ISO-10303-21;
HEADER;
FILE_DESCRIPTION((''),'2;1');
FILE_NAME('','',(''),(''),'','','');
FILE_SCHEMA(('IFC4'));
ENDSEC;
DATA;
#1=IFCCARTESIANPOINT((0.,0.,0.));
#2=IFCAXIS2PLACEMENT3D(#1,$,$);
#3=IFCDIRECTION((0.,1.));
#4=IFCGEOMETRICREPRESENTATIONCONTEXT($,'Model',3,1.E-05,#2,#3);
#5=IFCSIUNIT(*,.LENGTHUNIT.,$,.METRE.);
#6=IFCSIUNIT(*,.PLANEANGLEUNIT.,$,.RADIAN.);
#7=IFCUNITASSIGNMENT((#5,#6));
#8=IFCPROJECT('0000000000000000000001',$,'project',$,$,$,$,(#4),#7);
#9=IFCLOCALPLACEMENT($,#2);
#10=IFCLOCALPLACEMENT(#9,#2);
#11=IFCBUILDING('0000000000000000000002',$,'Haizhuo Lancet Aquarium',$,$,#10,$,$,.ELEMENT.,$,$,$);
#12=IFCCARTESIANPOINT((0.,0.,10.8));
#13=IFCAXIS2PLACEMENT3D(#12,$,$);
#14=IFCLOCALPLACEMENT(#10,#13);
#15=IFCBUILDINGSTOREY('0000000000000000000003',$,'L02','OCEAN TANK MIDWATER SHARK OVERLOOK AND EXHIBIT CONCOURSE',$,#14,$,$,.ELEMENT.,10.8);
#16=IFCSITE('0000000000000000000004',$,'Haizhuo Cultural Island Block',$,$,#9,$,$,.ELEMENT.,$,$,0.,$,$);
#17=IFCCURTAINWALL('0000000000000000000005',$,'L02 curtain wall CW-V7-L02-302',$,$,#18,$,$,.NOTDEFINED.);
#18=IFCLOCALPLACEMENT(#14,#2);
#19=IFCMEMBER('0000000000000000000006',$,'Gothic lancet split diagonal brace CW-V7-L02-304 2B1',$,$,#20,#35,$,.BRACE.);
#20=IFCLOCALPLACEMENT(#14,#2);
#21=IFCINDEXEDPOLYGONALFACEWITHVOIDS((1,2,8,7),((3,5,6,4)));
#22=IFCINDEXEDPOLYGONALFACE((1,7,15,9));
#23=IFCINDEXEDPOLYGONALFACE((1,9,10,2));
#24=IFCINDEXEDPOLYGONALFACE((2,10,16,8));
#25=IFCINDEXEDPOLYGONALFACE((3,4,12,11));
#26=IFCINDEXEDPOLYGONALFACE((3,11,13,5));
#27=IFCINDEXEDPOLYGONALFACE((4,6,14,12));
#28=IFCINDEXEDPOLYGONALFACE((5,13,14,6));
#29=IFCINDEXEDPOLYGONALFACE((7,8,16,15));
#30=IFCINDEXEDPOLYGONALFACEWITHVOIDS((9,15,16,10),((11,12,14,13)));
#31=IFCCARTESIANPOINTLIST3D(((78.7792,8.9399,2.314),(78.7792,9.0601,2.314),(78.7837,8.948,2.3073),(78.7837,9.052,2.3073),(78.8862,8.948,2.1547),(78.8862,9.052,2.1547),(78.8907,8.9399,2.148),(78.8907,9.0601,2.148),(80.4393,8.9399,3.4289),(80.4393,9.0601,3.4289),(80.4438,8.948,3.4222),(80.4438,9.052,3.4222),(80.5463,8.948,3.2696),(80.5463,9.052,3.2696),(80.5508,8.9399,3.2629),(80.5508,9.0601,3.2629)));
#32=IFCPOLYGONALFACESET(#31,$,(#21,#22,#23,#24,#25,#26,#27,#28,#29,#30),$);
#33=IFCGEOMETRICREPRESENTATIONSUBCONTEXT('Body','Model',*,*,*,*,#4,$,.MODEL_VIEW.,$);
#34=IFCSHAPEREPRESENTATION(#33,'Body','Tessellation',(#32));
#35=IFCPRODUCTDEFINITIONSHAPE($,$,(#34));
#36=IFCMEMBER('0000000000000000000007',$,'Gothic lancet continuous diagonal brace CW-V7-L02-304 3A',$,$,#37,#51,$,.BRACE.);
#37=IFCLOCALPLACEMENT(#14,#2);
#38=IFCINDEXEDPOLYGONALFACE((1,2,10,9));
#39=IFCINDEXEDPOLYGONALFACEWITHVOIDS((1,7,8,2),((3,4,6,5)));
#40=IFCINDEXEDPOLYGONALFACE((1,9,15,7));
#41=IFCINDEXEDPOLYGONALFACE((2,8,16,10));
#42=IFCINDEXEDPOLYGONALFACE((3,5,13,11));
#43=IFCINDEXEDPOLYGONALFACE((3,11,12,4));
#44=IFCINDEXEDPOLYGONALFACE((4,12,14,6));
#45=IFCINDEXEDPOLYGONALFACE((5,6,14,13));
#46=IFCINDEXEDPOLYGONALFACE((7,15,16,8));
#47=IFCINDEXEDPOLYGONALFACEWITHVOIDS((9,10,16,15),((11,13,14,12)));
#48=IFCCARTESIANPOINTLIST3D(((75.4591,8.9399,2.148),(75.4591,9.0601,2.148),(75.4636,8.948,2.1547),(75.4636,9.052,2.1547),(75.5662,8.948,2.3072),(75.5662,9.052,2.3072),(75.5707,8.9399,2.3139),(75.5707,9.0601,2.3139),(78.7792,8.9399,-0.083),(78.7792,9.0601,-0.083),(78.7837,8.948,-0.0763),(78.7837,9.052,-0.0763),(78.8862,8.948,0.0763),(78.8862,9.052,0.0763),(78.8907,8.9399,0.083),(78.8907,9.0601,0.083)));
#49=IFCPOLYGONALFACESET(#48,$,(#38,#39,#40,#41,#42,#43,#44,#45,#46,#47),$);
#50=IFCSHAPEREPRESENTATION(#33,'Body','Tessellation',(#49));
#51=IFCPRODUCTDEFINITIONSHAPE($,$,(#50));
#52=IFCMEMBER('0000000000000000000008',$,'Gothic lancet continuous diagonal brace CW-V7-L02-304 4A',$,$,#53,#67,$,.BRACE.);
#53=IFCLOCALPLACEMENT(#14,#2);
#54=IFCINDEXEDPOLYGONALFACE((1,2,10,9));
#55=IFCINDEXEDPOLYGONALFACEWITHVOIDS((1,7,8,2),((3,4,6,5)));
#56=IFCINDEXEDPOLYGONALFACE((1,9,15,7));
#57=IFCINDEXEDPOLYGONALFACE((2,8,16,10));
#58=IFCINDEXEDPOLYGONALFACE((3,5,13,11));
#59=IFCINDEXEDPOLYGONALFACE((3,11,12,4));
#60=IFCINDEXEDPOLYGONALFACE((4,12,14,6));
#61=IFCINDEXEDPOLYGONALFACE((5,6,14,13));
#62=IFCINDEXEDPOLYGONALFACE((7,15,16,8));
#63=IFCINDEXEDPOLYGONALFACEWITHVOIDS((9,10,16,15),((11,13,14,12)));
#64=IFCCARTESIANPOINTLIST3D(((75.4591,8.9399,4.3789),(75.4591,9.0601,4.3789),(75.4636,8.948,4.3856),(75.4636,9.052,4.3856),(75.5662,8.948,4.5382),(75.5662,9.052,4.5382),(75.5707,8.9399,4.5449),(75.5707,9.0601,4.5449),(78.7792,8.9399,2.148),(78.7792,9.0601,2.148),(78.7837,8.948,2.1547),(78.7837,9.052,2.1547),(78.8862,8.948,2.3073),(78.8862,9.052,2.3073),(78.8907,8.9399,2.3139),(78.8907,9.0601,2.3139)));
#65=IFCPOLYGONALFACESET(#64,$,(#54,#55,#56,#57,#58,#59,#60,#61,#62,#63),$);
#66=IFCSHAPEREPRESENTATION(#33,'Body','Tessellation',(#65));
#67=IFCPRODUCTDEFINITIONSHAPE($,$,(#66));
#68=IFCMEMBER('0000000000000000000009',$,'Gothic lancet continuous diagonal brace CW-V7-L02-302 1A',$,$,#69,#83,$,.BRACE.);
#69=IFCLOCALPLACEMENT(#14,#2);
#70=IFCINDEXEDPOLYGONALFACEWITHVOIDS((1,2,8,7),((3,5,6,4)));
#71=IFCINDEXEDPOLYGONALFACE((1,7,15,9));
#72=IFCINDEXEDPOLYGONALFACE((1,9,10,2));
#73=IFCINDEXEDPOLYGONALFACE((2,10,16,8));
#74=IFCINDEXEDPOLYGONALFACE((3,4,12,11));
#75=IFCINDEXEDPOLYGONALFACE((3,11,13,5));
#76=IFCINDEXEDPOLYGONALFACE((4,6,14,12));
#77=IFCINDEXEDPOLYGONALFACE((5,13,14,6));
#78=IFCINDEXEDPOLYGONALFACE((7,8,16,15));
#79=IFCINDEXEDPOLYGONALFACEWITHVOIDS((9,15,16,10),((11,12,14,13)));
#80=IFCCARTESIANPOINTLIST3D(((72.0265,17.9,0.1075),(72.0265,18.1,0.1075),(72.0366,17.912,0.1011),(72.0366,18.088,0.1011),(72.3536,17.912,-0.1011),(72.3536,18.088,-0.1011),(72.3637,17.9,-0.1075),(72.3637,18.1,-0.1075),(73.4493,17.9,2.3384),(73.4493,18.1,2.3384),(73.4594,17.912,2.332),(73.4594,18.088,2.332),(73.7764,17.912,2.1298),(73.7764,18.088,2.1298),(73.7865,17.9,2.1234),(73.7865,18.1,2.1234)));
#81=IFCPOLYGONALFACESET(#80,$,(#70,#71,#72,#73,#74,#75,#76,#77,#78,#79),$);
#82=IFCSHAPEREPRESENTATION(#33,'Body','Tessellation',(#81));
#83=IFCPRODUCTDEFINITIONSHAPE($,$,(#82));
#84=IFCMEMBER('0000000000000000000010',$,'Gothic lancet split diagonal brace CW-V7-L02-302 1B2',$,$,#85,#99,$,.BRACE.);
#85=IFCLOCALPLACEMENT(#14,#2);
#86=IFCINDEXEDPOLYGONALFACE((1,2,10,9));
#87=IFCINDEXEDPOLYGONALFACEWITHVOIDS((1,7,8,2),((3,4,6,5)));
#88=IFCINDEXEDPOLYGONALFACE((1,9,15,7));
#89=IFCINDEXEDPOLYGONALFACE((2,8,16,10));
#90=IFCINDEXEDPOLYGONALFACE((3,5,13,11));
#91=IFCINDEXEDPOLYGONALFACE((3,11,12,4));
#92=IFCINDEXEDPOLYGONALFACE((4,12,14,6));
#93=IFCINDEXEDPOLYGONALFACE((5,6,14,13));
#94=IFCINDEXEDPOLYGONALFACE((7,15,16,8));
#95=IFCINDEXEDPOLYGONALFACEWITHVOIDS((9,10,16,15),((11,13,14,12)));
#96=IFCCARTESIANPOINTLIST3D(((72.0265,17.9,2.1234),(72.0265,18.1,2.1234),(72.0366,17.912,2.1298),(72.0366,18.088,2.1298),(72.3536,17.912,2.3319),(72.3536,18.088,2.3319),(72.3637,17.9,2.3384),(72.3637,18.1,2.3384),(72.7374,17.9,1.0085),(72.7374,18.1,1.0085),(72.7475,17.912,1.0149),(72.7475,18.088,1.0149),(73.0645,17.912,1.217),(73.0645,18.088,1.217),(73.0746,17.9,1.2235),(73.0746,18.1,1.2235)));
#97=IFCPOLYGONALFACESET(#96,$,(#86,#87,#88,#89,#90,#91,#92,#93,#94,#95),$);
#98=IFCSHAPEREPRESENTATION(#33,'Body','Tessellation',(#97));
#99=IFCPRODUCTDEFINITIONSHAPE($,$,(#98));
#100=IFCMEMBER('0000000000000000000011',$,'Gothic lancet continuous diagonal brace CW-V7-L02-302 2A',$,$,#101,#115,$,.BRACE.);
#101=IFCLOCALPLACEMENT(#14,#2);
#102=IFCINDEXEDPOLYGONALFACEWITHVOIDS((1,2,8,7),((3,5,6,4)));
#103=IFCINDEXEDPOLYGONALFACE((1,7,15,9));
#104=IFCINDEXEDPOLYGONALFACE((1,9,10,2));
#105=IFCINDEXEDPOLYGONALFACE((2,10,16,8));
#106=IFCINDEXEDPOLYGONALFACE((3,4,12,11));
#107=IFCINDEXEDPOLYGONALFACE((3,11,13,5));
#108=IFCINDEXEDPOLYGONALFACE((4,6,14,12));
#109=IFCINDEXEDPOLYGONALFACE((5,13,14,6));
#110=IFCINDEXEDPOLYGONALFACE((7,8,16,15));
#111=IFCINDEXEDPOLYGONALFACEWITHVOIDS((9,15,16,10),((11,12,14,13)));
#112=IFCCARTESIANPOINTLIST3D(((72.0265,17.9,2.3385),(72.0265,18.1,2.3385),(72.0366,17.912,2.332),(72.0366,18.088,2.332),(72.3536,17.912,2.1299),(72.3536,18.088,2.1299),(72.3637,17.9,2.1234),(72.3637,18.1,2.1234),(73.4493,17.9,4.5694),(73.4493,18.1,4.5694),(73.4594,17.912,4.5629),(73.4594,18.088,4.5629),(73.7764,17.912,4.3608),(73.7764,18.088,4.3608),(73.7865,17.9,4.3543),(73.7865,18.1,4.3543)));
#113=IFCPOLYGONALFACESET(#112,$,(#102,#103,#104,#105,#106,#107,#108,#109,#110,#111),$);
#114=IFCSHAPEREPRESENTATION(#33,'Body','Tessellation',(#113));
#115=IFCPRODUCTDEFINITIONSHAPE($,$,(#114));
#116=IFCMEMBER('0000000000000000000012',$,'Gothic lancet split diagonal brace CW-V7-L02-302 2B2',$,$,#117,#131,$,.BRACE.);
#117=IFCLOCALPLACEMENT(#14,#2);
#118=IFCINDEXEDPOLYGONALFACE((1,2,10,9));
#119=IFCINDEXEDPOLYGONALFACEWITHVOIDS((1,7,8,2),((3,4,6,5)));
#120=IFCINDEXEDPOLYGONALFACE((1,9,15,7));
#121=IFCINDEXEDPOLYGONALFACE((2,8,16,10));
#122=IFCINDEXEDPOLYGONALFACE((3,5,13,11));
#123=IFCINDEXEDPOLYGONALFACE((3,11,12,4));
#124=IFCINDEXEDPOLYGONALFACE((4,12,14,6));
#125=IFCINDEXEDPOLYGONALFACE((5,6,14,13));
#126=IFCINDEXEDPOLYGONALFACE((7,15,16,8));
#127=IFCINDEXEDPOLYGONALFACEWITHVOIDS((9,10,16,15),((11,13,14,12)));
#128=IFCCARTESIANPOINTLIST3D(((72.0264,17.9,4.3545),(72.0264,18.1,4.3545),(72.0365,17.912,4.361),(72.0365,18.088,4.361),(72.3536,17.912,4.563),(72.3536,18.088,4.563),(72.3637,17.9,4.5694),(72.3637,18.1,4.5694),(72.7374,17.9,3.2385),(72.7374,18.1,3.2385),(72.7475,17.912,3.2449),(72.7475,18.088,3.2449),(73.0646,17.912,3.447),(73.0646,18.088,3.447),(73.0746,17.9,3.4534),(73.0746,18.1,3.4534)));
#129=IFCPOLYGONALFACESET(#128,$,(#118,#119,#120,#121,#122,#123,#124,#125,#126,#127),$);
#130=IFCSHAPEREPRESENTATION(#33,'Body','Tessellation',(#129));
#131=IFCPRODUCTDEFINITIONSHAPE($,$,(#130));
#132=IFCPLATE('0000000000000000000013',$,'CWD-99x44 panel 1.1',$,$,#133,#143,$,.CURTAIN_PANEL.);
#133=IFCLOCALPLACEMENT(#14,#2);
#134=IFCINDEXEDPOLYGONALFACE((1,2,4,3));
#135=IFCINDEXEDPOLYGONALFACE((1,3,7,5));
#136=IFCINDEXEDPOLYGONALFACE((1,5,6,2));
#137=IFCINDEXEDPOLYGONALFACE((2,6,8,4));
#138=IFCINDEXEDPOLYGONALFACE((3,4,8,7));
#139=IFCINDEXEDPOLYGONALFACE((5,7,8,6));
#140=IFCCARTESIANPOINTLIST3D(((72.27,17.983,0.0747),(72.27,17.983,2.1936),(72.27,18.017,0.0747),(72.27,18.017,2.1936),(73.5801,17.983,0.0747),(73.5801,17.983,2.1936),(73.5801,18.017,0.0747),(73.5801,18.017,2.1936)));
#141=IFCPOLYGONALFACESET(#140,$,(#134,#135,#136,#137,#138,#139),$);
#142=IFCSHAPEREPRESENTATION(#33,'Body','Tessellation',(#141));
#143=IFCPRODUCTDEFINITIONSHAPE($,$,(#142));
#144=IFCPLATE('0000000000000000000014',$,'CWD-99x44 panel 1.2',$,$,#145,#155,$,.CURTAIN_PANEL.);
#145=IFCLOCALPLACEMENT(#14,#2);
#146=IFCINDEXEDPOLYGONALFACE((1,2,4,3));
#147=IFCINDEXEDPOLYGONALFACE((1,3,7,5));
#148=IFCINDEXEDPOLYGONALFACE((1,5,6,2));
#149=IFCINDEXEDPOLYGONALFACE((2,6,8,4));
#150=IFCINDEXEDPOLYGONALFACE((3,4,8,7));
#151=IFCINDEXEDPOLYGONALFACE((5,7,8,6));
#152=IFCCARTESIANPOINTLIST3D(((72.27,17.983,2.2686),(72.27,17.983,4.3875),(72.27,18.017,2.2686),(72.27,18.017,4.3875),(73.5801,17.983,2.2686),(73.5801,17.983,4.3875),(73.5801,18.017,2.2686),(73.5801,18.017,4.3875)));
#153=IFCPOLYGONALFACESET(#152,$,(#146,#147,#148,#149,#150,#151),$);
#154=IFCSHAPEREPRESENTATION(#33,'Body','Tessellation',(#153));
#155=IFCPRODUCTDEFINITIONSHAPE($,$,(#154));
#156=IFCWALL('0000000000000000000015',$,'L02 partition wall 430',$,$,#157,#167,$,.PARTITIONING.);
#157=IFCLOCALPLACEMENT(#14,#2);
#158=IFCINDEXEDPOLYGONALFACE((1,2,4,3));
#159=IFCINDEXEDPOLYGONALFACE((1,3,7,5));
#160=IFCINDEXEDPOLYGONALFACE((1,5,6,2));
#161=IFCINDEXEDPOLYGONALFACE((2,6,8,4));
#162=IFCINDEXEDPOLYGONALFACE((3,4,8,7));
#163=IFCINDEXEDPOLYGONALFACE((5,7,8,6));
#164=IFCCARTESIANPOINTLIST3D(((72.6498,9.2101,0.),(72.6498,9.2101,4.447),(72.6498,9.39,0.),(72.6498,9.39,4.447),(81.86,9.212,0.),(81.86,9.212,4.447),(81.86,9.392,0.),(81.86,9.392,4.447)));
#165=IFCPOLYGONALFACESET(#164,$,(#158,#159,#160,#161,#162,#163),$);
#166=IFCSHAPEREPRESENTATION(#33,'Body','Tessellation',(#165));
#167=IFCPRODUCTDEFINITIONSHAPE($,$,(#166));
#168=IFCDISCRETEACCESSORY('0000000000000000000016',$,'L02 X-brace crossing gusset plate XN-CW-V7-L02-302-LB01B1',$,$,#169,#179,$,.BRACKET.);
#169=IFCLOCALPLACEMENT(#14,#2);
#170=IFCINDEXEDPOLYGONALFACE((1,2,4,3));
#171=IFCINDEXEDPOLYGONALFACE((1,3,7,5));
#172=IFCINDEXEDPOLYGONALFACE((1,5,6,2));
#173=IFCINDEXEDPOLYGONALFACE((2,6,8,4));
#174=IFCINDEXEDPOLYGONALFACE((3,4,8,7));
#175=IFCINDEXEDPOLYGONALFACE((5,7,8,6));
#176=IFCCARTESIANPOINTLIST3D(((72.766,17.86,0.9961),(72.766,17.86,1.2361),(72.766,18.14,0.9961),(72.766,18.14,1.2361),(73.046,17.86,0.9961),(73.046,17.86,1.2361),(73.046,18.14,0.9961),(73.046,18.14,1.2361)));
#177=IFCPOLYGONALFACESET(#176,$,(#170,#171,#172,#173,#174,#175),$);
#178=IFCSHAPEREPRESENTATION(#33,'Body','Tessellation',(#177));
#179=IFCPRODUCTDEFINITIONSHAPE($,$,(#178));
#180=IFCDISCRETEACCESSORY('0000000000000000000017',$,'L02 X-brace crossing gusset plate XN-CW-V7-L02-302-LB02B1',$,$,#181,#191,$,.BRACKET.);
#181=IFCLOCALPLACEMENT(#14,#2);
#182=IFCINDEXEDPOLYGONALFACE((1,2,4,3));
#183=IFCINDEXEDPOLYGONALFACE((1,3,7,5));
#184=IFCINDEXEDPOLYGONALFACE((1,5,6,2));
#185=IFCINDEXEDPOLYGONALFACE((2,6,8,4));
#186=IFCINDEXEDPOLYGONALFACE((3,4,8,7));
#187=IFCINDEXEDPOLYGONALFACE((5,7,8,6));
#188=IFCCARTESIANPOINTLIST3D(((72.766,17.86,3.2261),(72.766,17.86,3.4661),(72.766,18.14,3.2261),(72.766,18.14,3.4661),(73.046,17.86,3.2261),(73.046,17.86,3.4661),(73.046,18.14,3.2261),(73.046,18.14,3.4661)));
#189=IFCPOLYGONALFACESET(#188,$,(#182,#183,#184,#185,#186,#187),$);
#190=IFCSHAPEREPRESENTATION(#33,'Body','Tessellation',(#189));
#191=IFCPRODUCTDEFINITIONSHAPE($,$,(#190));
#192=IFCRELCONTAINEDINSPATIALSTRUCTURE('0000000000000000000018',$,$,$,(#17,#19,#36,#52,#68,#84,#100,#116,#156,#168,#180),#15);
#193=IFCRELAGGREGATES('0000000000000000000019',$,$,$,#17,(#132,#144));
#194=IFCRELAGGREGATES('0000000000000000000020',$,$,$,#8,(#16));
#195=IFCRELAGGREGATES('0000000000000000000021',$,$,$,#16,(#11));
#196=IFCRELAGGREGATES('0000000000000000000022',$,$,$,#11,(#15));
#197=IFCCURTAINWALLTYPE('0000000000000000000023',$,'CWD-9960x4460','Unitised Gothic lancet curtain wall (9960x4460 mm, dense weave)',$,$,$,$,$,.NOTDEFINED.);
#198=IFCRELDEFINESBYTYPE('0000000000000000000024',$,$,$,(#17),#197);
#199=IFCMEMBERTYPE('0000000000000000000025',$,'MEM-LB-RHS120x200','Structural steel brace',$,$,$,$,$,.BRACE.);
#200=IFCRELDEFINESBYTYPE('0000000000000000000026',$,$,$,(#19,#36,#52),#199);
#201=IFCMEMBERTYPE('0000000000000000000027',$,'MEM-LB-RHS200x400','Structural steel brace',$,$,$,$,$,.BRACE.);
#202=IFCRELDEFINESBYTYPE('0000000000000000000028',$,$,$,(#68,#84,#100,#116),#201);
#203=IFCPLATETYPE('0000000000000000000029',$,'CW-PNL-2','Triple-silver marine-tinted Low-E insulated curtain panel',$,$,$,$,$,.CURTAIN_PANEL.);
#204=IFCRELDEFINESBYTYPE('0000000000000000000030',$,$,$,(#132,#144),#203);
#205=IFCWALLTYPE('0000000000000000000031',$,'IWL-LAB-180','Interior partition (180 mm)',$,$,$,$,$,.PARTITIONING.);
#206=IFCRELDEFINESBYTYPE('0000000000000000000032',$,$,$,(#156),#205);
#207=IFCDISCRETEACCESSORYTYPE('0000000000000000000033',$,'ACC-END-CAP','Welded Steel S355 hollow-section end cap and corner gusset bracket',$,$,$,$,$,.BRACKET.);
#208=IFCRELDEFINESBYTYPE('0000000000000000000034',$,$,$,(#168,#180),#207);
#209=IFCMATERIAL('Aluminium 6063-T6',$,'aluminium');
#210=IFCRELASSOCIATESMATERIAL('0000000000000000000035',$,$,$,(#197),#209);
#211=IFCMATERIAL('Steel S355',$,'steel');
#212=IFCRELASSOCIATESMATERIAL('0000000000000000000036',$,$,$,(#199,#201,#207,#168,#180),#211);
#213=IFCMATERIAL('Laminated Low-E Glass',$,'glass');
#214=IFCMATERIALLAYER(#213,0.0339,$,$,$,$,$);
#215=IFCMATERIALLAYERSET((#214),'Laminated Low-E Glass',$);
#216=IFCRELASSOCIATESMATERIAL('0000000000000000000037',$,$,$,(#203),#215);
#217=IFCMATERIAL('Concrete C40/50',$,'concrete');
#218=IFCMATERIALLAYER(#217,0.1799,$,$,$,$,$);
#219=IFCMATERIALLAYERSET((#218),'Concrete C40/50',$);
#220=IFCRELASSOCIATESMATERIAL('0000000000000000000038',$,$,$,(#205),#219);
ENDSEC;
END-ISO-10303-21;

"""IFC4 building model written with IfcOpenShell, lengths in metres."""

from ifc_helpers import new_model, si_unit, direction, frame, frame_2d, origin, origin_2d, place, context, subcontext, project, spatial, rectangle, hollow_rectangle, extrude, material, layer, layer_set, material_profile, profile_set, type_object, element, aggregate, save


model = new_model("IFC4")

# Units and contexts
model_context = context("Model", 3, precision=1e-05, world=origin(), true_north=direction((0.0, 1.0)))
body_context = subcontext(model_context, "Body", "Model", "MODEL_VIEW")
ifc_project = project(units=[si_unit("LENGTHUNIT", "METRE"), si_unit("PLANEANGLEUNIT", "RADIAN")], contexts=[model_context])

# Site, building, storey
site_placement = place(None, origin())
site = spatial("IfcSite", under=ifc_project, at=site_placement, Name="Haizhuo Cultural Island Block", CompositionType="ELEMENT", RefElevation=0.0)
building_placement = place(site_placement, origin())
building = spatial("IfcBuilding", under=site, at=building_placement, Name="Haizhuo Lancet Aquarium", CompositionType="ELEMENT")
storey_placement = place(building_placement, frame((0.0, 0.0, 10.8)))
storey = spatial("IfcBuildingStorey", under=building, at=storey_placement, Name="L02", Description="OCEAN TANK MIDWATER SHARK OVERLOOK AND EXHIBIT CONCOURSE", CompositionType="ELEMENT", Elevation=10.8)

# Shared definitions
ifc_material_1 = material(Name="Steel S355", Category="steel")

# Curtain wall
ifc_material_2 = material(Name="Aluminium 6063-T6", Category="aluminium")
curtain_wall_type_1 = type_object("IfcCurtainWallType", Name="CWD-9960x4460", Description="Unitised Gothic lancet curtain wall (9960x4460 mm, dense weave)", PredefinedType="NOTDEFINED", material=ifc_material_2)
curtain_wall_1_placement = place(storey_placement, origin())
curtain_wall_1 = element("IfcCurtainWall", 1, at=curtain_wall_1_placement, inside=storey, type_object=curtain_wall_type_1, Name="L02 curtain wall CW-V7-L02-302", PredefinedType="NOTDEFINED")

# Members
ifc_material_profile_1 = material_profile(ifc_material_1, hollow_rectangle(XDim=0.1201, YDim=0.2, WallThickness=0.0081, at=origin_2d()), Name="RHS 120x200x8")
ifc_profile_set_1 = profile_set([ifc_material_profile_1], Name="Steel S355")
member_type_1 = type_object("IfcMemberType", Name="MEM-LB-RHS120x200", Description="Structural steel brace", PredefinedType="BRACE", material=ifc_profile_set_1)
member_1_placement = place(storey_placement, frame((78.835, 9.0, 2.231), z_axis=(0.830148, 0.0, 0.557542), x_axis=(0.0, 1.0, 0.0)))
element("IfcMember", 2, at=member_1_placement, inside=storey, type_object=member_type_1, Name="Gothic lancet split diagonal brace CW-V7-L02-304 2B1", PredefinedType="BRACE", context=body_context, shape_type="SweptSolid", body=[
    extrude(hollow_rectangle(XDim=0.1201, YDim=0.2, WallThickness=0.0081, at=origin_2d()), origin(), (0.0, 0.0, 1.0), 1.9998),
])
for number, where, z_axis, x_axis, name in (
    (3, (78.835, 9.0, 0.0), (-0.830016, 0.0, 0.557739), (0.0, -1.0, 0.0), "Gothic lancet continuous diagonal brace CW-V7-L02-304 3A"),
    (4, (78.835, 9.0, 2.231), (-0.830016, 0.0, 0.557739), (0.0, -1.0, 0.0), "Gothic lancet continuous diagonal brace CW-V7-L02-304 4A"),
):
    element("IfcMember", number, at=place(storey_placement, frame(where, z_axis=z_axis, x_axis=x_axis)), inside=storey, type_object=member_type_1, Name=name, PredefinedType="BRACE", context=body_context, shape_type="SweptSolid", body=[
        extrude(hollow_rectangle(XDim=0.1201, YDim=0.2, WallThickness=0.0081, at=origin_2d()), origin(), (0.0, 0.0, 1.0), 4.0),
    ])
ifc_material_profile_2 = material_profile(ifc_material_1, hollow_rectangle(XDim=0.2, YDim=0.3999, WallThickness=0.012, at=origin_2d()), Name="RHS 200x400x12")
ifc_profile_set_2 = profile_set([ifc_material_profile_2], Name="Steel S355")
member_type_2 = type_object("IfcMemberType", Name="MEM-LB-RHS200x400", Description="Structural steel brace", PredefinedType="BRACE", material=ifc_profile_set_2)
member_2_placement = place(storey_placement, frame((72.1951, 18.0, 0.0), z_axis=(0.537723, 0.0, 0.843122), x_axis=(0.0, 1.0, 0.0)))
element("IfcMember", 5, at=member_2_placement, inside=storey, type_object=member_type_2, Name="Gothic lancet continuous diagonal brace CW-V7-L02-302 1A", PredefinedType="BRACE", context=body_context, shape_type="SweptSolid", body=[
    extrude(hollow_rectangle(XDim=0.2, YDim=0.3999, WallThickness=0.012, at=origin_2d()), origin(), (0.0, 0.0, 1.0), 2.646),
])
member_3_placement = place(storey_placement, frame((72.906, 18.0, 1.116), z_axis=(-0.537628, 0.0, 0.843182), x_axis=(0.0, -1.0, 0.0)))
element("IfcMember", 6, at=member_3_placement, inside=storey, type_object=member_type_2, Name="Gothic lancet split diagonal brace CW-V7-L02-302 1B2", PredefinedType="BRACE", context=body_context, shape_type="SweptSolid", body=[
    extrude(hollow_rectangle(XDim=0.2, YDim=0.3999, WallThickness=0.012, at=origin_2d()), origin(), (0.0, 0.0, 1.0), 1.3223),
])
member_4_placement = place(storey_placement, frame((72.1951, 18.0, 2.231), z_axis=(0.537723, 0.0, 0.843122), x_axis=(0.0, 1.0, 0.0)))
element("IfcMember", 7, at=member_4_placement, inside=storey, type_object=member_type_2, Name="Gothic lancet continuous diagonal brace CW-V7-L02-302 2A", PredefinedType="BRACE", context=body_context, shape_type="SweptSolid", body=[
    extrude(hollow_rectangle(XDim=0.2, YDim=0.3999, WallThickness=0.012, at=origin_2d()), origin(), (0.0, 0.0, 1.0), 2.646),
])
member_5_placement = place(storey_placement, frame((72.906, 18.0, 3.3459), z_axis=(-0.537293, 0.0, 0.843395), x_axis=(0.0, -1.0, 0.0)))
element("IfcMember", 8, at=member_5_placement, inside=storey, type_object=member_type_2, Name="Gothic lancet split diagonal brace CW-V7-L02-302 2B2", PredefinedType="BRACE", context=body_context, shape_type="SweptSolid", body=[
    extrude(hollow_rectangle(XDim=0.2, YDim=0.3999, WallThickness=0.012, at=origin_2d()), origin(), (0.0, 0.0, 1.0), 1.3232),
])

# Plates
ifc_material_3 = material(Name="Laminated Low-E Glass", Category="glass")
ifc_layer_1 = layer(ifc_material_3, 0.0339)
ifc_layer_set_1 = layer_set([ifc_layer_1], Name="Laminated Low-E Glass")
plate_type = type_object("IfcPlateType", Name="CW-PNL-2", Description="Triple-silver marine-tinted Low-E insulated curtain panel", PredefinedType="CURTAIN_PANEL", material=ifc_layer_set_1)
plate_1_placement = place(storey_placement, frame((72.925, 18.0, 0.0747), z_axis=(0.0, 0.0, 1.0), x_axis=(1.0, 0.0, 0.0)))
plate_1 = element("IfcPlate", 9, at=plate_1_placement, type_object=plate_type, Name="CWD-99x44 panel 1.1", PredefinedType="CURTAIN_PANEL", context=body_context, shape_type="SweptSolid", body=[
    extrude(rectangle(XDim=1.3101, YDim=0.0339, at=origin_2d()), origin(), (0.0, 0.0, 1.0), 2.1189),
])
plate_2_placement = place(storey_placement, frame((72.925, 18.0, 2.2686), z_axis=(0.0, 0.0, 1.0), x_axis=(1.0, 0.0, 0.0)))
plate_2 = element("IfcPlate", 10, at=plate_2_placement, type_object=plate_type, Name="CWD-99x44 panel 1.2", PredefinedType="CURTAIN_PANEL", context=body_context, shape_type="SweptSolid", body=[
    extrude(rectangle(XDim=1.3101, YDim=0.0339, at=origin_2d()), origin(), (0.0, 0.0, 1.0), 2.1189),
])
aggregate(curtain_wall_1, [plate_1, plate_2])

# Wall
ifc_material_4 = material(Name="Concrete C40/50", Category="concrete")
ifc_layer_2 = layer(ifc_material_4, 0.1799)
ifc_layer_set_2 = layer_set([ifc_layer_2], Name="Concrete C40/50")
wall_type = type_object("IfcWallType", Name="IWL-LAB-180", Description="Interior partition (180 mm)", PredefinedType="PARTITIONING", material=ifc_layer_set_2)
wall_placement = place(storey_placement, frame((72.6499, 9.3, 0.0), z_axis=(0.0, 0.0, 1.0), x_axis=(1.0, 0.000212, 0.0)))
element("IfcWall", 11, at=wall_placement, inside=storey, type_object=wall_type, Name="L02 partition wall 430", PredefinedType="PARTITIONING", context=body_context, shape_type="SweptSolid", body=[
    extrude(rectangle(XDim=9.2102, YDim=0.1799, at=frame_2d((4.605, 0.0))), origin(), (0.0, 0.0, 1.0), 4.447),
])

# Discrete accessories
discrete_accessory_type = type_object("IfcDiscreteAccessoryType", Name="ACC-END-CAP", Description="Welded Steel S355 hollow-section end cap and corner gusset bracket", PredefinedType="BRACKET", material=ifc_material_1)
for number, where, z_axis, x_axis, name in (
    (12, (72.906, 18.0, 0.9961), (0.0, 0.0, 1.0), (1.0, 0.0, 0.0), "L02 X-brace crossing gusset plate XN-CW-V7-L02-302-LB01B1"),
    (13, (72.906, 18.0, 3.2261), (0.0, 0.0, 1.0), (1.0, 0.0, 0.0), "L02 X-brace crossing gusset plate XN-CW-V7-L02-302-LB02B1"),
):
    element("IfcDiscreteAccessory", number, at=place(storey_placement, frame(where, z_axis=z_axis, x_axis=x_axis)), inside=storey, type_object=discrete_accessory_type, material=ifc_material_1, Name=name, PredefinedType="BRACKET", context=body_context, shape_type="SweptSolid", body=[
        extrude(rectangle(XDim=0.28, YDim=0.28, at=origin_2d()), origin(), (0.0, 0.0, 1.0), 0.24),
    ])

save(model, "model.ifc")
